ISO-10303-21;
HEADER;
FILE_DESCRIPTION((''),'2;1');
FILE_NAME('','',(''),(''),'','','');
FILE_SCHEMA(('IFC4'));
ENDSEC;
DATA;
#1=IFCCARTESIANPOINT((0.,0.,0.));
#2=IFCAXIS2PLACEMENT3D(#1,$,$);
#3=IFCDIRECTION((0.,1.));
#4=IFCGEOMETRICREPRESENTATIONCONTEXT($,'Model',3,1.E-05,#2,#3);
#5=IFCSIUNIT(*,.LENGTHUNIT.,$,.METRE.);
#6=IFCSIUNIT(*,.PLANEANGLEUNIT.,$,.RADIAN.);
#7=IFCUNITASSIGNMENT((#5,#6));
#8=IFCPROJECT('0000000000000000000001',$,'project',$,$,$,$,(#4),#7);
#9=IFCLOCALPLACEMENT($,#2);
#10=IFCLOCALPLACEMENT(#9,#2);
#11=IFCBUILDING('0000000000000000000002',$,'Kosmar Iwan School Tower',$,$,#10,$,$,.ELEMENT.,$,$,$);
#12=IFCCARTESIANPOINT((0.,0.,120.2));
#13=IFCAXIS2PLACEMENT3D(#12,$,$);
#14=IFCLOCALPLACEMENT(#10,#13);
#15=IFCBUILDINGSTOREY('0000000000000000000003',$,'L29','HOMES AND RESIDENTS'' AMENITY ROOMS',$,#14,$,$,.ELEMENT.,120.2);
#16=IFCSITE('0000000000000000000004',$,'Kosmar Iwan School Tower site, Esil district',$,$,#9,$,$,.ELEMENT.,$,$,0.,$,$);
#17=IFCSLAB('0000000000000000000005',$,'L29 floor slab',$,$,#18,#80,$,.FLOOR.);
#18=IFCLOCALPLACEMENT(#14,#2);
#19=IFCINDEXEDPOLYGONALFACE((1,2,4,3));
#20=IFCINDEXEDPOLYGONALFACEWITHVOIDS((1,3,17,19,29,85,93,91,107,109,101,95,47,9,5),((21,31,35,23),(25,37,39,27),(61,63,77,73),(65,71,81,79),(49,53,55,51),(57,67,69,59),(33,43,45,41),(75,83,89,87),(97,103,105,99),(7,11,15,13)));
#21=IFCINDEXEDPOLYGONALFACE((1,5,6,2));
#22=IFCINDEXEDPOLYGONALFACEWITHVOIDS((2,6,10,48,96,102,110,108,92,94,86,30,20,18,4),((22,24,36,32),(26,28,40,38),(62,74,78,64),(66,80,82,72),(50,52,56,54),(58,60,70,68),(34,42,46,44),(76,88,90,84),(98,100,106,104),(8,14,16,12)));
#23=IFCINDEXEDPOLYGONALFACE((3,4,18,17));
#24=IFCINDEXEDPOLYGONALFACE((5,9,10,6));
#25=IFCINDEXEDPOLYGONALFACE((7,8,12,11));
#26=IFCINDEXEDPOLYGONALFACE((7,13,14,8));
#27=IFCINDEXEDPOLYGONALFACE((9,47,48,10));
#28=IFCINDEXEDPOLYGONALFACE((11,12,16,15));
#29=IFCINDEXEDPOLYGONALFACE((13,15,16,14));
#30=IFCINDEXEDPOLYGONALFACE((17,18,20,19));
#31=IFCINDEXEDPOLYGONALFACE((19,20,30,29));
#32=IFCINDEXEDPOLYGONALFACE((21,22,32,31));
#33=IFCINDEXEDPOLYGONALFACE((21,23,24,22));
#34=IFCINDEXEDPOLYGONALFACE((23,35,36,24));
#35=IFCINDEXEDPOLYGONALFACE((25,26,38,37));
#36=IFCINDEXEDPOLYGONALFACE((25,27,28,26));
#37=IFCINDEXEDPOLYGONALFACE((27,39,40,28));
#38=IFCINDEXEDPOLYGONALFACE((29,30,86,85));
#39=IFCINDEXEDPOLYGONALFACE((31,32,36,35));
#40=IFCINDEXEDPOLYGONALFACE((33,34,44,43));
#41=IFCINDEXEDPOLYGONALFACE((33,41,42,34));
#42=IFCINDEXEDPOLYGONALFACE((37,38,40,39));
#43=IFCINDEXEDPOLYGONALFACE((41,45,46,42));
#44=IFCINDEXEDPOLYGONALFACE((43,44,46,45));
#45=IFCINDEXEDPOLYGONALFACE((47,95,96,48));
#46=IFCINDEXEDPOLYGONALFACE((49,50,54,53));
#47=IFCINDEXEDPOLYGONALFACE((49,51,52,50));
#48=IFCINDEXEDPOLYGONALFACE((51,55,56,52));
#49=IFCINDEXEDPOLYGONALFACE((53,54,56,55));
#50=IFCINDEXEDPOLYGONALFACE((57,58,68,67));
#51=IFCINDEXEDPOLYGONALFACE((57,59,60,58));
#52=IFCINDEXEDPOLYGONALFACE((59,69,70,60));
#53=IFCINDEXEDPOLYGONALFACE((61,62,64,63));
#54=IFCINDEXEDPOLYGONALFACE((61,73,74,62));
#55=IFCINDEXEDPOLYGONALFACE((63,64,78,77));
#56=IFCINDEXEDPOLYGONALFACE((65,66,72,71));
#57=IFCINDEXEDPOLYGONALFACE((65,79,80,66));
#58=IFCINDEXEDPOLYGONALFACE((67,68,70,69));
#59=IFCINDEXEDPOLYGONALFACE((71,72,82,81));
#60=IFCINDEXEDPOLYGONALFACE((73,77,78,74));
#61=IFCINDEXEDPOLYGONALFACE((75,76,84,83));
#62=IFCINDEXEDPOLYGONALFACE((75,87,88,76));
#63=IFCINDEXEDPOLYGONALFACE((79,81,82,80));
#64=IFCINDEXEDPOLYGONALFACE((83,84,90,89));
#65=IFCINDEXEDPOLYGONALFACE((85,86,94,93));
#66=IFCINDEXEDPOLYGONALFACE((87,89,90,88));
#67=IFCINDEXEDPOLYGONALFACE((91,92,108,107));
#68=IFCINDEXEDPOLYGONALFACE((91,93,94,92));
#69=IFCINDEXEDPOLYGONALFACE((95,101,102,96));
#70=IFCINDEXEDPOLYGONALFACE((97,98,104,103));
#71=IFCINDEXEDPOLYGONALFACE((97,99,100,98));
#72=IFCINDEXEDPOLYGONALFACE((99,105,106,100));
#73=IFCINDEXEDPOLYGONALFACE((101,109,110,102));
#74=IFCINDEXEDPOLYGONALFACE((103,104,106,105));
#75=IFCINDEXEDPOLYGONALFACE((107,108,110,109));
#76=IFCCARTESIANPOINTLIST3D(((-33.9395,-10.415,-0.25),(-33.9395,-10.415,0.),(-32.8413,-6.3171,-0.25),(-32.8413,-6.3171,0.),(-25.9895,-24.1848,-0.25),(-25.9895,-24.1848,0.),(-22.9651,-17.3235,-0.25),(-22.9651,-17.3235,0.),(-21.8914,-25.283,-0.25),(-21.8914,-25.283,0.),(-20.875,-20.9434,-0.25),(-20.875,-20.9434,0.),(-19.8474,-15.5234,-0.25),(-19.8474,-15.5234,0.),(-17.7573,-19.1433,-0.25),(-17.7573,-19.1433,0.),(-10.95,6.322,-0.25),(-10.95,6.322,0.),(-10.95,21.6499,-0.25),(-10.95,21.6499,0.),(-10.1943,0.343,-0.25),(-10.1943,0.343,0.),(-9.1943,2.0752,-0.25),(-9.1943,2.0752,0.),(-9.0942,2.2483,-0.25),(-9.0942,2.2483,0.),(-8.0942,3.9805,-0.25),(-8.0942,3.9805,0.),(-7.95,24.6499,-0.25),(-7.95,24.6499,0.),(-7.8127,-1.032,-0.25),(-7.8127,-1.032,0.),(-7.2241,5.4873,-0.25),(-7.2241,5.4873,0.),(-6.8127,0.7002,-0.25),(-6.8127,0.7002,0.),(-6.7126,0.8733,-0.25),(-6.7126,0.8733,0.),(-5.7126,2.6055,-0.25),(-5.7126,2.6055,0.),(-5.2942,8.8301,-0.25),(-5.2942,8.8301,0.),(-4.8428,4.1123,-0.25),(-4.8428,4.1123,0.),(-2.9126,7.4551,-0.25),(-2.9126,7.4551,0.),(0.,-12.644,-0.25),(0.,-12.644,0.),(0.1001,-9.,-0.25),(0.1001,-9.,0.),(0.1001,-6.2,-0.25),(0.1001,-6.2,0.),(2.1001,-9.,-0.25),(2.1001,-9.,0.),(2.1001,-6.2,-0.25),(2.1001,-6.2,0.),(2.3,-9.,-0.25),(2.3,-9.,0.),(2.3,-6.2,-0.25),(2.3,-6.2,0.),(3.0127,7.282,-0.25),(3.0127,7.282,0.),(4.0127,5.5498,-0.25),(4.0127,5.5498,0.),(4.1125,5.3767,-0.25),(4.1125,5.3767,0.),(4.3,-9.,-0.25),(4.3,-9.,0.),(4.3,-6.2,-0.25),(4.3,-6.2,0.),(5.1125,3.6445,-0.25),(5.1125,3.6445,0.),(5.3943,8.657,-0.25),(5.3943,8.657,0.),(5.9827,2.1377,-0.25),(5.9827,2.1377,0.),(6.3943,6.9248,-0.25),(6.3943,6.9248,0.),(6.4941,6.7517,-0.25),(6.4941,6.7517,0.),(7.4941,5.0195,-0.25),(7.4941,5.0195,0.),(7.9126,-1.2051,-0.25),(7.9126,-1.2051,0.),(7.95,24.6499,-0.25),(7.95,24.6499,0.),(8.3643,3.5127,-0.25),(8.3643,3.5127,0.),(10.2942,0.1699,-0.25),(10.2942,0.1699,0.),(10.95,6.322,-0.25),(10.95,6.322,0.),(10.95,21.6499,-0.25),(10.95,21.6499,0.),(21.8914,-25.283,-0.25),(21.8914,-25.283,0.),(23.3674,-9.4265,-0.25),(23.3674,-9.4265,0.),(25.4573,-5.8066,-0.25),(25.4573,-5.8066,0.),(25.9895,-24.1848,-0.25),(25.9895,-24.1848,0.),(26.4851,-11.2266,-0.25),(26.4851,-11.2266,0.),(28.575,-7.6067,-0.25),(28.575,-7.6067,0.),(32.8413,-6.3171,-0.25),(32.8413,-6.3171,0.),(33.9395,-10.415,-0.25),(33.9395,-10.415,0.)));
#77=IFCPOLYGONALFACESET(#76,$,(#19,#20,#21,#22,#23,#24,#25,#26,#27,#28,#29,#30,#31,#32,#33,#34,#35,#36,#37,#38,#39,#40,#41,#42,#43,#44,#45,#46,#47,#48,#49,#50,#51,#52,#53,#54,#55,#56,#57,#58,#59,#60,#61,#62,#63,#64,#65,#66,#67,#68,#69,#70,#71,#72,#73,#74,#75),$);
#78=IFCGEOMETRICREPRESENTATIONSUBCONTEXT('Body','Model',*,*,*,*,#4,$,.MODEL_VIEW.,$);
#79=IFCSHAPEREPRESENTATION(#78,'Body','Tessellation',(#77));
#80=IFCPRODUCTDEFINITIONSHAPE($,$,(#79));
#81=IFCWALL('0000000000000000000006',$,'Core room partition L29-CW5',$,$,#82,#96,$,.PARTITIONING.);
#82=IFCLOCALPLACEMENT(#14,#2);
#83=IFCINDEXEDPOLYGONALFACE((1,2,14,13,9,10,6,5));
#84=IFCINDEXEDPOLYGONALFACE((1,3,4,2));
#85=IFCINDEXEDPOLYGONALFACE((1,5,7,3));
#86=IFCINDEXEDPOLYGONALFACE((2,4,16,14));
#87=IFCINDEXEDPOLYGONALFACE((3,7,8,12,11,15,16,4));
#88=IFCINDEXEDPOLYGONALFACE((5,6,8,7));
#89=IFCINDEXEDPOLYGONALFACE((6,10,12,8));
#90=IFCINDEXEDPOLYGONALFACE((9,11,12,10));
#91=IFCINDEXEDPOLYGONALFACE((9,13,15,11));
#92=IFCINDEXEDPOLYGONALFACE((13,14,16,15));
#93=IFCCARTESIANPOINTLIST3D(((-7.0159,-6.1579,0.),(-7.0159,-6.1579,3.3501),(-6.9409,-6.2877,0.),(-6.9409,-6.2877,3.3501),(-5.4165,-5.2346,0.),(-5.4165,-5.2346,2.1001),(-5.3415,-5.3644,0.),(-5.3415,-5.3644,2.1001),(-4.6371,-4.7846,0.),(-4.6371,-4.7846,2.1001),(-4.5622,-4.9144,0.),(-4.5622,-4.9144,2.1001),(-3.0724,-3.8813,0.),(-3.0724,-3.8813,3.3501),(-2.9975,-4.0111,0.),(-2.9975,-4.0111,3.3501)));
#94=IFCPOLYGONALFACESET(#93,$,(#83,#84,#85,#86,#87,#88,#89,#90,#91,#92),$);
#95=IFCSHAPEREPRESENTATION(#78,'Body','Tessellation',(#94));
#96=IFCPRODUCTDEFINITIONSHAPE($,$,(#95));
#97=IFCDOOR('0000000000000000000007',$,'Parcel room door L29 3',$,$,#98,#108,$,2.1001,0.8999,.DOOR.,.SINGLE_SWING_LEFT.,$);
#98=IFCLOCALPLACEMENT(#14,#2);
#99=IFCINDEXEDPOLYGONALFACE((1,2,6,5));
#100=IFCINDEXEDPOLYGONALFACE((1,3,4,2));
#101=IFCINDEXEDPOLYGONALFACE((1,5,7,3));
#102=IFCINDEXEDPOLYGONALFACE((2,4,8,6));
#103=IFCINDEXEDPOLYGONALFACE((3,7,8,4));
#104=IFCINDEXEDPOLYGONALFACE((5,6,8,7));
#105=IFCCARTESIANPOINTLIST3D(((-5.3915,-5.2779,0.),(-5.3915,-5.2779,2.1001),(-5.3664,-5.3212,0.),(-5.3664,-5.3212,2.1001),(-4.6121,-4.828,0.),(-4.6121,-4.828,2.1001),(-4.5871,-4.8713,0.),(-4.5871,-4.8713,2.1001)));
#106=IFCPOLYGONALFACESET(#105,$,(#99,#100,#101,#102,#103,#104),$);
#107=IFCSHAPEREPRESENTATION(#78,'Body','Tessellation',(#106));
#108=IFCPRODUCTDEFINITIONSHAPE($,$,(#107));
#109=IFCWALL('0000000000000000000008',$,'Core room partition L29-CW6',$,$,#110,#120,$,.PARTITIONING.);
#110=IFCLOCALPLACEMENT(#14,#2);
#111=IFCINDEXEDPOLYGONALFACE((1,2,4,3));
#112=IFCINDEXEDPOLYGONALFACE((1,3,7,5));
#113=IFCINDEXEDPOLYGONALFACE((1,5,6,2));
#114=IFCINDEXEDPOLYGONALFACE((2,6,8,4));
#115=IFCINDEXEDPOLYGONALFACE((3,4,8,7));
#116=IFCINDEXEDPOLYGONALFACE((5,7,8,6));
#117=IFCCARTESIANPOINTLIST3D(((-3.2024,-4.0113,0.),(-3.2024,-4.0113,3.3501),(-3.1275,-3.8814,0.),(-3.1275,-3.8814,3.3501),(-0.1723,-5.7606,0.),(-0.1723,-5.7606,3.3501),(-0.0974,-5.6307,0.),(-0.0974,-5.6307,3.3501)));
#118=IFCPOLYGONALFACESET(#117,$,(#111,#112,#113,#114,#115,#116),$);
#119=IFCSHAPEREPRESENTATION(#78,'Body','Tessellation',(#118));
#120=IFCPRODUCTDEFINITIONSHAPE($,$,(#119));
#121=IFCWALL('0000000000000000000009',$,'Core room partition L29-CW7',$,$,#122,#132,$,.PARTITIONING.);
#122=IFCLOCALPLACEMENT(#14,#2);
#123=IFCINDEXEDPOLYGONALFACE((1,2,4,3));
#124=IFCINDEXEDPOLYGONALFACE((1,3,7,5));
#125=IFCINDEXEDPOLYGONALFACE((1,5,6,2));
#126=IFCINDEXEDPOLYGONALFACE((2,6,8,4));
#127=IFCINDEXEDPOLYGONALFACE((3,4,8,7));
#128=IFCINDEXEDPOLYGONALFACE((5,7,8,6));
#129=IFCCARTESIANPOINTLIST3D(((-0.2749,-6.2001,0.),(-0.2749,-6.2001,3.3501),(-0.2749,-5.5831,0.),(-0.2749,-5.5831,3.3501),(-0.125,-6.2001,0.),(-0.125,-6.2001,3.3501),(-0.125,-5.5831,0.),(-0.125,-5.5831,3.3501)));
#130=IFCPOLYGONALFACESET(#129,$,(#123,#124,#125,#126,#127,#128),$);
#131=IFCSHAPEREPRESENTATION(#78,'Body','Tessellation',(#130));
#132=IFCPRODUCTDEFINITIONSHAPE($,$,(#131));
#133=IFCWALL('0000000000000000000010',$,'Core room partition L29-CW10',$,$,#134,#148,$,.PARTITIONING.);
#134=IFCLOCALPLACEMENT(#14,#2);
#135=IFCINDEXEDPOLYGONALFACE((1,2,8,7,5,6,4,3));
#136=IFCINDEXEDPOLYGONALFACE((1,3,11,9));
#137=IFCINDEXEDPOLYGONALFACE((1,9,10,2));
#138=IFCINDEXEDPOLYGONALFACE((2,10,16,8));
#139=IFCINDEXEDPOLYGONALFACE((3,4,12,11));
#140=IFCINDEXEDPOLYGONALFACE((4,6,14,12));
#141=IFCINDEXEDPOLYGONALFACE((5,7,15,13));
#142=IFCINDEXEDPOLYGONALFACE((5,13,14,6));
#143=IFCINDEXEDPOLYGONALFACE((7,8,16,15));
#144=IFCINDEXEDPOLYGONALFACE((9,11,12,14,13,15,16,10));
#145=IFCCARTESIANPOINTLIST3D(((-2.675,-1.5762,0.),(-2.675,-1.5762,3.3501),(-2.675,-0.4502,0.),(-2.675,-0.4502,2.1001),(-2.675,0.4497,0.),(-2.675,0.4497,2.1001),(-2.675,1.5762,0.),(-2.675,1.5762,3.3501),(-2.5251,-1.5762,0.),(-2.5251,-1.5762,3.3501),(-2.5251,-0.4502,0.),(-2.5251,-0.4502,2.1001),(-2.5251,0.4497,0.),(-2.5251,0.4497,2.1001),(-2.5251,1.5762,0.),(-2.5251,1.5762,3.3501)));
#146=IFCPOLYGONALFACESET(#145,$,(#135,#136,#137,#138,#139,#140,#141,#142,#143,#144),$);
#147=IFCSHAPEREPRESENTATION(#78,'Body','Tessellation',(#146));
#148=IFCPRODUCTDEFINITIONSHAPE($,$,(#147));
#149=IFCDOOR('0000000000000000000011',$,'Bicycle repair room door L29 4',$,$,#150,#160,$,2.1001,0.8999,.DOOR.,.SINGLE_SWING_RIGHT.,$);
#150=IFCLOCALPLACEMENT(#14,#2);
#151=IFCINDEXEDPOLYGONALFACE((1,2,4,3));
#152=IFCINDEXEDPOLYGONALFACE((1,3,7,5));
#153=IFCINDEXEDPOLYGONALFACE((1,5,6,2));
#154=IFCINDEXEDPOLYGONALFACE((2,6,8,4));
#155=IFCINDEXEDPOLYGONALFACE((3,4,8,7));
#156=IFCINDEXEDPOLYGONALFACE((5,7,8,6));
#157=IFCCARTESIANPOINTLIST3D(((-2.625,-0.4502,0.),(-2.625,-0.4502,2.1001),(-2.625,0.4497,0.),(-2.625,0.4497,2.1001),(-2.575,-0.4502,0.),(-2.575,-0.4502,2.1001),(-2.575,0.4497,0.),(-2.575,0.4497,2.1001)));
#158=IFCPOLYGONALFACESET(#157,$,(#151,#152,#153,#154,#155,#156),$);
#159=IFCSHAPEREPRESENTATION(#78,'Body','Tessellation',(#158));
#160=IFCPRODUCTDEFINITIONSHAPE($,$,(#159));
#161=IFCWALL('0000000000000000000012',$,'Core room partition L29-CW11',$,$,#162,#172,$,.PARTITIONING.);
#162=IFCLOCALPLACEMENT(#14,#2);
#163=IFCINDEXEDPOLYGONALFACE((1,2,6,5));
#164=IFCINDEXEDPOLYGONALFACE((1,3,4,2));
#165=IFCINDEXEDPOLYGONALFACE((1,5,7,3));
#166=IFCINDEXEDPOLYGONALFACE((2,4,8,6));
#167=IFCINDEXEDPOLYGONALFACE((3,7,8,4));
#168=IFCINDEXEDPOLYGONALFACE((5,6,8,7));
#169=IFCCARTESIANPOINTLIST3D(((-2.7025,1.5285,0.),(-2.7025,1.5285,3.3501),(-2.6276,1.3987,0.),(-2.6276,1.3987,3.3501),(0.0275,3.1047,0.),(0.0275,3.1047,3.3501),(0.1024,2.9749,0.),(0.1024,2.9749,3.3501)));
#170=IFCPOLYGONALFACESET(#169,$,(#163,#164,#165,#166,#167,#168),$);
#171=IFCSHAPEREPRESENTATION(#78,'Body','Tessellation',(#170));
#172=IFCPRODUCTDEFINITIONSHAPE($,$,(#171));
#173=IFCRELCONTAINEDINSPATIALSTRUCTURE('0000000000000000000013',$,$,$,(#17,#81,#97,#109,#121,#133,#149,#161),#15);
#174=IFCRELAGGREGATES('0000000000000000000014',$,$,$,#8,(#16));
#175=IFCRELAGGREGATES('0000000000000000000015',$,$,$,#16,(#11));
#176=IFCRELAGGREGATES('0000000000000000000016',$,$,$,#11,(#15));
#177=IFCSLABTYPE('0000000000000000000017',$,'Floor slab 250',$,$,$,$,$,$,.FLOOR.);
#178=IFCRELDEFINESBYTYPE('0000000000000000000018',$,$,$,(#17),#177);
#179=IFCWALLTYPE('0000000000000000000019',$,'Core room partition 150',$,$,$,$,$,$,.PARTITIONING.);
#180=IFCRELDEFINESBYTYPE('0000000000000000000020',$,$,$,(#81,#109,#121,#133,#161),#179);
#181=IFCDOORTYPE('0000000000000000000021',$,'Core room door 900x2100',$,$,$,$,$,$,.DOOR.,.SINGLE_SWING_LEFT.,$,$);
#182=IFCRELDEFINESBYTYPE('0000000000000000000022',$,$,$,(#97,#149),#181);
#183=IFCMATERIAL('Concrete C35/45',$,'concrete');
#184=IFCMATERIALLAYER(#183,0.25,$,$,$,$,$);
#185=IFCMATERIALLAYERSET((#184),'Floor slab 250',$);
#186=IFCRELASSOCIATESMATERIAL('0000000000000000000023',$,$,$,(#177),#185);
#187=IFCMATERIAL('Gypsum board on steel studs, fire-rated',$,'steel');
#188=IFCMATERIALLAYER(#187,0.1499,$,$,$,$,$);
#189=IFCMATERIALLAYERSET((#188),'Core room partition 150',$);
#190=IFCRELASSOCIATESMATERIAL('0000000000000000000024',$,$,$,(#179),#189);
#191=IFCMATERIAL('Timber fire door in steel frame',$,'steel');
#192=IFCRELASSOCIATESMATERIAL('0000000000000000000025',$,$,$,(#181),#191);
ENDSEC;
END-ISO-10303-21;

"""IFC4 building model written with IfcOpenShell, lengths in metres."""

from ifc_helpers import new_model, si_unit, direction, frame, frame_2d, origin, place, context, subcontext, project, spatial, polyline, rectangle, outline, extrude, material, layer, layer_set, type_object, element, fill, save


model = new_model("IFC4")

# Units and contexts
model_context = context("Model", 3, precision=1e-05, world=origin(), true_north=direction((0.0, 1.0)))
body_context = subcontext(model_context, "Body", "Model", "MODEL_VIEW")
ifc_project = project(units=[si_unit("LENGTHUNIT", "METRE"), si_unit("PLANEANGLEUNIT", "RADIAN")], contexts=[model_context])

# Site, building, storey
site_placement = place(None, origin())
site = spatial("IfcSite", under=ifc_project, at=site_placement, Name="Kosmar Iwan School Tower site, Esil district", CompositionType="ELEMENT", RefElevation=0.0)
building_placement = place(site_placement, origin())
building = spatial("IfcBuilding", under=site, at=building_placement, Name="Kosmar Iwan School Tower", CompositionType="ELEMENT")
storey_placement = place(building_placement, frame((0.0, 0.0, 120.2)))
storey = spatial("IfcBuildingStorey", under=building, at=storey_placement, Name="L29", Description="HOMES AND RESIDENTS' AMENITY ROOMS", CompositionType="ELEMENT", Elevation=120.2)

# Slab
ifc_material_1 = material(Name="Concrete C35/45", Category="concrete")
ifc_layer_1 = layer(ifc_material_1, 0.25)
ifc_layer_set_1 = layer_set([ifc_layer_1], Name="Floor slab 250")
slab_type = type_object("IfcSlabType", Name="Floor slab 250", PredefinedType="FLOOR", material=ifc_layer_set_1)
slab_placement = place(storey_placement, frame((0.0, 0.0, -0.25)))
element("IfcSlab", 1, at=slab_placement, inside=storey, type_object=slab_type, Name="L29 floor slab", PredefinedType="FLOOR", context=body_context, shape_type="SweptSolid", body=[
    extrude(outline(polyline([(-21.8914, -25.283), (0.0, -12.644), (21.8914, -25.283), (25.9895, -24.1848), (33.9395, -10.415), (32.8413, -6.3171), (10.95, 6.322), (10.95, 21.6499), (7.95, 24.6499), (-7.95, 24.6499), (-10.95, 21.6499), (-10.95, 6.322), (-32.8413, -6.3171), (-33.9395, -10.415), (-25.9895, -24.1848), (-21.8914, -25.283)]), holes=[polyline([(7.9126, -1.2051), (10.2942, 0.1699), (8.3643, 3.5127), (5.9827, 2.1377), (7.9126, -1.2051)]), polyline([(-2.9126, 7.4551), (-5.2942, 8.8301), (-7.2241, 5.4873), (-4.8428, 4.1123), (-2.9126, 7.4551)]), polyline([(-5.7126, 2.6055), (-8.0942, 3.9805), (-9.0942, 2.2483), (-6.7126, 0.8733), (-5.7126, 2.6055)]), polyline([(-6.8127, 0.7002), (-9.1943, 2.0752), (-10.1943, 0.343), (-7.8127, -1.032), (-6.8127, 0.7002)]), polyline([(5.1125, 3.6445), (7.4941, 5.0195), (6.4941, 6.7517), (4.1125, 5.3767), (5.1125, 3.6445)]), polyline([(4.0127, 5.5498), (6.3943, 6.9248), (5.3943, 8.657), (3.0127, 7.282), (4.0127, 5.5498)]), polyline([(0.1001, -6.2), (0.1001, -9.0), (2.1001, -9.0), (2.1001, -6.2), (0.1001, -6.2)]), polyline([(2.3, -6.2), (2.3, -9.0), (4.3, -9.0), (4.3, -6.2), (2.3, -6.2)]), polyline([(-19.8474, -15.5234), (-22.9651, -17.3235), (-20.875, -20.9434), (-17.7573, -19.1433), (-19.8474, -15.5234)]), polyline([(23.3674, -9.4265), (26.4851, -11.2266), (28.575, -7.6067), (25.4573, -5.8066), (23.3674, -9.4265)])]), origin(), (0.0, 0.0, 1.0), 0.25),
])

# Wall, opening, door
ifc_material_2 = material(Name="Gypsum board on steel studs, fire-rated", Category="steel")
ifc_layer_2 = layer(ifc_material_2, 0.1499)
ifc_layer_set_2 = layer_set([ifc_layer_2], Name="Core room partition 150")
wall_type_1 = type_object("IfcWallType", Name="Core room partition 150", PredefinedType="PARTITIONING", material=ifc_layer_set_2)
wall_1_placement = place(storey_placement, frame((-6.9785, -6.2229, 0.0), z_axis=(0.0, 0.0, 1.0), x_axis=(0.866034, 0.499985, 0.0)))
wall_1 = element("IfcWall", 2, at=wall_1_placement, inside=storey, type_object=wall_type_1, Name="Core room partition L29-CW5", PredefinedType="PARTITIONING", context=body_context, shape_type="SweptSolid", body=[
    extrude(rectangle(XDim=4.5535, YDim=0.1499, at=frame_2d((2.2769, 0.0))), origin(), (0.0, 0.0, 1.0), 3.3501),
])
opening_1_placement = place(wall_1_placement, frame((1.8469, 0.0, 0.0)))
opening_1 = element("IfcOpeningElement", 3, at=opening_1_placement, cuts=wall_1, PredefinedType="OPENING", context=body_context, shape_type="SweptSolid", body=[
    extrude(rectangle(XDim=0.8999, YDim=2.1001, at=frame_2d((0.45, 1.05))), frame((0.0, 0.0869, 0.0), z_axis=(0.0, -1.0, 0.0), x_axis=(1.0, 0.0, 0.0)), (0.0, 0.0, 1.0), 0.1738),
])
ifc_material_3 = material(Name="Timber fire door in steel frame", Category="steel")
door_type_1 = type_object("IfcDoorType", Name="Core room door 900x2100", OperationType="SINGLE_SWING_LEFT", PredefinedType="DOOR", material=ifc_material_3)
door_1_placement = place(opening_1_placement, origin())
door_1 = element("IfcDoor", 4, at=door_1_placement, inside=storey, type_object=door_type_1, Name="Parcel room door L29 3", OperationType="SINGLE_SWING_LEFT", OverallHeight=2.1001, OverallWidth=0.8999, PredefinedType="DOOR", context=body_context, shape_type="SweptSolid", body=[
    extrude(rectangle(XDim=0.8999, YDim=2.1001, at=frame_2d((0.45, 1.05))), frame((0.0, 0.0249, 0.0), z_axis=(0.0, -1.0, 0.0), x_axis=(1.0, 0.0, 0.0)), (0.0, 0.0, 1.0), 0.05),
])
fill(opening_1, door_1)

# Walls
wall_2_placement = place(storey_placement, frame((-3.165, -3.9463, 0.0), z_axis=(0.0, 0.0, 1.0), x_axis=(0.86604, -0.499974, 0.0)))
element("IfcWall", 5, at=wall_2_placement, inside=storey, type_object=wall_type_1, Name="Core room partition L29-CW6", PredefinedType="PARTITIONING", context=body_context, shape_type="SweptSolid", body=[
    extrude(rectangle(XDim=3.4988, YDim=0.1499, at=frame_2d((1.7495, 0.0))), origin(), (0.0, 0.0, 1.0), 3.3501),
])
wall_3_placement = place(storey_placement, frame((-0.2, -5.583, 0.0), z_axis=(0.0, 0.0, 1.0), x_axis=(0.0, -1.0, 0.0)))
element("IfcWall", 6, at=wall_3_placement, inside=storey, type_object=wall_type_1, Name="Core room partition L29-CW7", PredefinedType="PARTITIONING", context=body_context, shape_type="SweptSolid", body=[
    extrude(rectangle(XDim=0.6169, YDim=0.1499, at=frame_2d((0.3086, 0.0))), origin(), (0.0, 0.0, 1.0), 3.3501),
])

# Wall, opening, door
wall_4_placement = place(storey_placement, frame((-2.6001, -1.5762, 0.0), z_axis=(0.0, 0.0, 1.0), x_axis=(0.0, 1.0, 0.0)))
wall_4 = element("IfcWall", 7, at=wall_4_placement, inside=storey, type_object=wall_type_1, Name="Core room partition L29-CW10", PredefinedType="PARTITIONING", context=body_context, shape_type="SweptSolid", body=[
    extrude(rectangle(XDim=3.1523, YDim=0.1499, at=frame_2d((1.5762, 0.0))), origin(), (0.0, 0.0, 1.0), 3.3501),
])
opening_2_placement = place(wall_4_placement, frame((1.126, 0.0, 0.0)))
opening_2 = element("IfcOpeningElement", 8, at=opening_2_placement, cuts=wall_4, PredefinedType="OPENING", context=body_context, shape_type="SweptSolid", body=[
    extrude(rectangle(XDim=0.8999, YDim=2.1001, at=frame_2d((0.45, 1.05))), frame((0.0, 0.0869, 0.0), z_axis=(0.0, -1.0, 0.0), x_axis=(1.0, 0.0, 0.0)), (0.0, 0.0, 1.0), 0.1738),
])
door_2_placement = place(opening_2_placement, origin())
door_2 = element("IfcDoor", 9, at=door_2_placement, inside=storey, type_object=door_type_1, Name="Bicycle repair room door L29 4", OperationType="SINGLE_SWING_RIGHT", OverallHeight=2.1001, OverallWidth=0.8999, PredefinedType="DOOR", context=body_context, shape_type="SweptSolid", body=[
    extrude(rectangle(XDim=0.8999, YDim=2.1001, at=frame_2d((0.45, 1.05))), frame((0.0, 0.0249, 0.0), z_axis=(0.0, -1.0, 0.0), x_axis=(1.0, 0.0, 0.0)), (0.0, 0.0, 1.0), 0.05),
])
fill(opening_2, door_2)

# Wall
for number, where, z_axis, x_axis, name in (
    (10, (-2.665, 1.4636, 0.0), (0.0, 0.0, 1.0), (0.866023, 0.500004, 0.0), "Core room partition L29-CW11"),
):
    element("IfcWall", number, at=place(storey_placement, frame(where, z_axis=z_axis, x_axis=x_axis)), inside=storey, type_object=wall_type_1, Name=name, PredefinedType="PARTITIONING", context=body_context, shape_type="SweptSolid", body=[
        extrude(rectangle(XDim=3.1523, YDim=0.1499, at=frame_2d((1.5762, 0.0))), origin(), (0.0, 0.0, 1.0), 3.3501),
    ])

save(model, "model.ifc")
